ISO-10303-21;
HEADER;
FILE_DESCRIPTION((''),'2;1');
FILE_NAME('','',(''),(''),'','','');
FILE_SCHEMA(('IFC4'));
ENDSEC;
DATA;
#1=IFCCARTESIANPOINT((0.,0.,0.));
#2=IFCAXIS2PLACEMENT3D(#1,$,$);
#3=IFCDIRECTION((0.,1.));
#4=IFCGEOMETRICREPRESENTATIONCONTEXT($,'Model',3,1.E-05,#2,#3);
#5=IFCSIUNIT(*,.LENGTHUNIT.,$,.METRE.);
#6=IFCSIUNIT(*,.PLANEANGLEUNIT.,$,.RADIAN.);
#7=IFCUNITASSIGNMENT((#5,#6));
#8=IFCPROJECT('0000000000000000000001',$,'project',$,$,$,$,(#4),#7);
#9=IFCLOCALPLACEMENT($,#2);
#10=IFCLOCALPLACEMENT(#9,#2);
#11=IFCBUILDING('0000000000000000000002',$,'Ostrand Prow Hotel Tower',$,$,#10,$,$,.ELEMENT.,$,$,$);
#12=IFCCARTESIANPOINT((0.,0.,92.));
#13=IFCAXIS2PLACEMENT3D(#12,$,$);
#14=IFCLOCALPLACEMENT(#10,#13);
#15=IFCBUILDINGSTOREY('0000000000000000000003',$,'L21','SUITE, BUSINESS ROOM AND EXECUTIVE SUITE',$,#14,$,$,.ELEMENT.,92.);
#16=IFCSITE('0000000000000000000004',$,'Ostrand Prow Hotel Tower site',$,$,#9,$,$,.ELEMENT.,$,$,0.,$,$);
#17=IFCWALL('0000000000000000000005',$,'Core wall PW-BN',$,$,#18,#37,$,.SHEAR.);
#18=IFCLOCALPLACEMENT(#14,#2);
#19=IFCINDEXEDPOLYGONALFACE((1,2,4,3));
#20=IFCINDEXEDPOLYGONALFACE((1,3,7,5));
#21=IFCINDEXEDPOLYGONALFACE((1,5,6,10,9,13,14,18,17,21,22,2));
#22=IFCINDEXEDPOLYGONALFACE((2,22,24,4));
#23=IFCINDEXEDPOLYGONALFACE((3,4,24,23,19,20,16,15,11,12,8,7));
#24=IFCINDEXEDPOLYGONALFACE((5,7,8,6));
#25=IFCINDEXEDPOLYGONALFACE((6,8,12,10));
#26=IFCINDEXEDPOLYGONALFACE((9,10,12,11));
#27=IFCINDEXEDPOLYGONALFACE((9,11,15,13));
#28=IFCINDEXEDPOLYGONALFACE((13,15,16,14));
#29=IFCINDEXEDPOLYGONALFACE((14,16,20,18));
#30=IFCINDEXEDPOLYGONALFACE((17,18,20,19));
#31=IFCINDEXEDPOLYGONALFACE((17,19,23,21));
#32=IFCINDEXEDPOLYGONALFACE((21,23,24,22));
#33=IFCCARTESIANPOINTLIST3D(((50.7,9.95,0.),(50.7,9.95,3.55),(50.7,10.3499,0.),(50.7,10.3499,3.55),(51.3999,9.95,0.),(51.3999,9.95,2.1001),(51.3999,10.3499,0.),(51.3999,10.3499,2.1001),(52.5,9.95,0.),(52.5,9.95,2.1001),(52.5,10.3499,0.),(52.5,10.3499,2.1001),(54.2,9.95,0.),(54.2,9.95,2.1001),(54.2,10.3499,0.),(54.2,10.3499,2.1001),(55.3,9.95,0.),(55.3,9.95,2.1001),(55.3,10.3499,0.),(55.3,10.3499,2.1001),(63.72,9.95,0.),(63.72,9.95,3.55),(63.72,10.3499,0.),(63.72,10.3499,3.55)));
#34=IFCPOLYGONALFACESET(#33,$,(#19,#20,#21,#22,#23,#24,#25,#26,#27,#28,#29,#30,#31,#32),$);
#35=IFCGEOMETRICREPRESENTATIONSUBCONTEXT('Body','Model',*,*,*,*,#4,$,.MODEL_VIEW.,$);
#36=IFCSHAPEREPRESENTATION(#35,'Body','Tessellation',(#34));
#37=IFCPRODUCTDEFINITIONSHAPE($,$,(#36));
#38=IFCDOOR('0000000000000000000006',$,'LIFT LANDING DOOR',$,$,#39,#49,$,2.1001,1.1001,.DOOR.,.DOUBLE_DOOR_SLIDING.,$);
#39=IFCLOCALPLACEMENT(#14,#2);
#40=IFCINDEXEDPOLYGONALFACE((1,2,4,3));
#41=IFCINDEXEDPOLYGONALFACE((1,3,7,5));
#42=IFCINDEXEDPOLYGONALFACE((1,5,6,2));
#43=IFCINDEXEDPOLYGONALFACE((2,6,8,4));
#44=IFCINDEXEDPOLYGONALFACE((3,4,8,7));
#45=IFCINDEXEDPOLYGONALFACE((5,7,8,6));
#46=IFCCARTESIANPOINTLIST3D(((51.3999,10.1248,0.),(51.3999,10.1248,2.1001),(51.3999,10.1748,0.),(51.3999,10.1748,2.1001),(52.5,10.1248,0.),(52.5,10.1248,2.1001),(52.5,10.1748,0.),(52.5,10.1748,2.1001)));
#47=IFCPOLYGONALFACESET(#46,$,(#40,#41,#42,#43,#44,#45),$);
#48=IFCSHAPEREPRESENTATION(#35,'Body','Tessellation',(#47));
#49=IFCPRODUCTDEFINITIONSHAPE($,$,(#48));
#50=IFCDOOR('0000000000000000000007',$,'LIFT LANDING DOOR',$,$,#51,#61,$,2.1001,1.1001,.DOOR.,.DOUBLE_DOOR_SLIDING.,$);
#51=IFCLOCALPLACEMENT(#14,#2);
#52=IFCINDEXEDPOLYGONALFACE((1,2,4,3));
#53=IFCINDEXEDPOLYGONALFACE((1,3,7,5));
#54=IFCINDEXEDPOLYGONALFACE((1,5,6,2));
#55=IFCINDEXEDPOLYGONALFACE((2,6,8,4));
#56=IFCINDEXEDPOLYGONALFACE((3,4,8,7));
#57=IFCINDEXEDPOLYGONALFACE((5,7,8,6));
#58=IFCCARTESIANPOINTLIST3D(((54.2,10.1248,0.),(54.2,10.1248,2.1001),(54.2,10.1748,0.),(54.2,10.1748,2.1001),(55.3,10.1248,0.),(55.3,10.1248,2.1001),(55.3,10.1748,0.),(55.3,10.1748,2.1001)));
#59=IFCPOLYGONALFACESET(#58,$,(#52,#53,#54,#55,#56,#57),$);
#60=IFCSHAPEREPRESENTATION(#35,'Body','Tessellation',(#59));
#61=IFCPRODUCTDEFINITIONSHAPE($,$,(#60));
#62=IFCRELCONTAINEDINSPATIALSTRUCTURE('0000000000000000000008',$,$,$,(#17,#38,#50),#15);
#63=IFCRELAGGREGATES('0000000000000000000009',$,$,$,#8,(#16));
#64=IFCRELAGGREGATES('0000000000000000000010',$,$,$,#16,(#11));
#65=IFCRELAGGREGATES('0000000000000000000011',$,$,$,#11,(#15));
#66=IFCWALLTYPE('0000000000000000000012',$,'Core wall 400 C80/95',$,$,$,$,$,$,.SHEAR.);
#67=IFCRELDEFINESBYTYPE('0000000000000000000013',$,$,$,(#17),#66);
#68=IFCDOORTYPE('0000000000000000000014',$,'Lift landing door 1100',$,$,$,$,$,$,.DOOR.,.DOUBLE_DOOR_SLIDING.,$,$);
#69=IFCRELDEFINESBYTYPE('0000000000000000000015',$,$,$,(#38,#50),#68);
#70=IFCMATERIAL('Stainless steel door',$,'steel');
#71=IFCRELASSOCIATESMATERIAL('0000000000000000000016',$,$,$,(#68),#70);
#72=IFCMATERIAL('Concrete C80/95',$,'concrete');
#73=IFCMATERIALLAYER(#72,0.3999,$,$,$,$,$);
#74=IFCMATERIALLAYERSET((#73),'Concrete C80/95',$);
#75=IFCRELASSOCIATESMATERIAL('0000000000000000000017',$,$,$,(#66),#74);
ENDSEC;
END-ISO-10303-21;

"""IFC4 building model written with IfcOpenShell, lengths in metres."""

from ifc_helpers import new_model, si_unit, direction, frame, frame_2d, origin, place, context, subcontext, project, spatial, rectangle, extrude, material, layer, layer_set, type_object, element, fill, save


model = new_model("IFC4")

# Units and contexts
model_context = context("Model", 3, precision=1e-05, world=origin(), true_north=direction((0.0, 1.0)))
body_context = subcontext(model_context, "Body", "Model", "MODEL_VIEW")
ifc_project = project(units=[si_unit("LENGTHUNIT", "METRE"), si_unit("PLANEANGLEUNIT", "RADIAN")], contexts=[model_context])

# Site, building, storey
site_placement = place(None, origin())
site = spatial("IfcSite", under=ifc_project, at=site_placement, Name="Ostrand Prow Hotel Tower site", CompositionType="ELEMENT", RefElevation=0.0)
building_placement = place(site_placement, origin())
building = spatial("IfcBuilding", under=site, at=building_placement, Name="Ostrand Prow Hotel Tower", CompositionType="ELEMENT")
storey_placement = place(building_placement, frame((0.0, 0.0, 92.0)))
storey = spatial("IfcBuildingStorey", under=building, at=storey_placement, Name="L21", Description="SUITE, BUSINESS ROOM AND EXECUTIVE SUITE", CompositionType="ELEMENT", Elevation=92.0)

# Shared definitions
ifc_material_1 = material(Name="Stainless steel door", Category="steel")
door_type_1 = type_object("IfcDoorType", Name="Lift landing door 1100", OperationType="DOUBLE_DOOR_SLIDING", PredefinedType="DOOR", material=ifc_material_1)

# Wall, openings, doors
ifc_material_2 = material(Name="Concrete C80/95", Category="concrete")
ifc_layer_1 = layer(ifc_material_2, 0.3999)
ifc_layer_set_1 = layer_set([ifc_layer_1], Name="Concrete C80/95")
wall_type_1 = type_object("IfcWallType", Name="Core wall 400 C80/95", PredefinedType="SHEAR", material=ifc_layer_set_1)
wall_1_placement = place(storey_placement, frame((50.7, 10.1499, 0.0), z_axis=(0.0, 0.0, 1.0), x_axis=(1.0, 0.0, 0.0)))
wall_1 = element("IfcWall", 1, at=wall_1_placement, inside=storey, type_object=wall_type_1, Name="Core wall PW-BN", PredefinedType="SHEAR", context=body_context, shape_type="SweptSolid", body=[
    extrude(rectangle(XDim=13.02, YDim=0.3999, at=frame_2d((6.51, 0.0))), origin(), (0.0, 0.0, 1.0), 3.55),
])
opening_1_placement = place(wall_1_placement, frame((0.7, 0.0, 0.0)))
opening_1 = element("IfcOpeningElement", 2, at=opening_1_placement, cuts=wall_1, PredefinedType="OPENING", context=body_context, shape_type="SweptSolid", body=[
    extrude(rectangle(XDim=1.1001, YDim=2.1001, at=frame_2d((0.55, 1.05))), frame((0.0, 0.21, 0.0), z_axis=(0.0, -1.0, 0.0), x_axis=(1.0, 0.0, 0.0)), (0.0, 0.0, 1.0), 0.4199),
])
opening_2_placement = place(wall_1_placement, frame((3.5, 0.0, 0.0)))
opening_2 = element("IfcOpeningElement", 3, at=opening_2_placement, cuts=wall_1, PredefinedType="OPENING", context=body_context, shape_type="SweptSolid", body=[
    extrude(rectangle(XDim=1.1001, YDim=2.1001, at=frame_2d((0.55, 1.05))), frame((0.0, 0.21, 0.0), z_axis=(0.0, -1.0, 0.0), x_axis=(1.0, 0.0, 0.0)), (0.0, 0.0, 1.0), 0.4199),
])
door_1_placement = place(opening_1_placement, origin())
door_1 = element("IfcDoor", 4, at=door_1_placement, inside=storey, type_object=door_type_1, Name="LIFT LANDING DOOR", OperationType="DOUBLE_DOOR_SLIDING", OverallHeight=2.1001, OverallWidth=1.1001, PredefinedType="DOOR", context=body_context, shape_type="SweptSolid", body=[
    extrude(rectangle(XDim=1.1001, YDim=2.1001, at=frame_2d((0.55, 1.05))), frame((0.0, 0.0249, 0.0), z_axis=(0.0, -1.0, 0.0), x_axis=(1.0, 0.0, 0.0)), (0.0, 0.0, 1.0), 0.05),
])
fill(opening_1, door_1)
door_2_placement = place(opening_2_placement, origin())
door_2 = element("IfcDoor", 5, at=door_2_placement, inside=storey, type_object=door_type_1, Name="LIFT LANDING DOOR", OperationType="DOUBLE_DOOR_SLIDING", OverallHeight=2.1001, OverallWidth=1.1001, PredefinedType="DOOR", context=body_context, shape_type="SweptSolid", body=[
    extrude(rectangle(XDim=1.1001, YDim=2.1001, at=frame_2d((0.55, 1.05))), frame((0.0, 0.0249, 0.0), z_axis=(0.0, -1.0, 0.0), x_axis=(1.0, 0.0, 0.0)), (0.0, 0.0, 1.0), 0.05),
])
fill(opening_2, door_2)

save(model, "model.ifc")
